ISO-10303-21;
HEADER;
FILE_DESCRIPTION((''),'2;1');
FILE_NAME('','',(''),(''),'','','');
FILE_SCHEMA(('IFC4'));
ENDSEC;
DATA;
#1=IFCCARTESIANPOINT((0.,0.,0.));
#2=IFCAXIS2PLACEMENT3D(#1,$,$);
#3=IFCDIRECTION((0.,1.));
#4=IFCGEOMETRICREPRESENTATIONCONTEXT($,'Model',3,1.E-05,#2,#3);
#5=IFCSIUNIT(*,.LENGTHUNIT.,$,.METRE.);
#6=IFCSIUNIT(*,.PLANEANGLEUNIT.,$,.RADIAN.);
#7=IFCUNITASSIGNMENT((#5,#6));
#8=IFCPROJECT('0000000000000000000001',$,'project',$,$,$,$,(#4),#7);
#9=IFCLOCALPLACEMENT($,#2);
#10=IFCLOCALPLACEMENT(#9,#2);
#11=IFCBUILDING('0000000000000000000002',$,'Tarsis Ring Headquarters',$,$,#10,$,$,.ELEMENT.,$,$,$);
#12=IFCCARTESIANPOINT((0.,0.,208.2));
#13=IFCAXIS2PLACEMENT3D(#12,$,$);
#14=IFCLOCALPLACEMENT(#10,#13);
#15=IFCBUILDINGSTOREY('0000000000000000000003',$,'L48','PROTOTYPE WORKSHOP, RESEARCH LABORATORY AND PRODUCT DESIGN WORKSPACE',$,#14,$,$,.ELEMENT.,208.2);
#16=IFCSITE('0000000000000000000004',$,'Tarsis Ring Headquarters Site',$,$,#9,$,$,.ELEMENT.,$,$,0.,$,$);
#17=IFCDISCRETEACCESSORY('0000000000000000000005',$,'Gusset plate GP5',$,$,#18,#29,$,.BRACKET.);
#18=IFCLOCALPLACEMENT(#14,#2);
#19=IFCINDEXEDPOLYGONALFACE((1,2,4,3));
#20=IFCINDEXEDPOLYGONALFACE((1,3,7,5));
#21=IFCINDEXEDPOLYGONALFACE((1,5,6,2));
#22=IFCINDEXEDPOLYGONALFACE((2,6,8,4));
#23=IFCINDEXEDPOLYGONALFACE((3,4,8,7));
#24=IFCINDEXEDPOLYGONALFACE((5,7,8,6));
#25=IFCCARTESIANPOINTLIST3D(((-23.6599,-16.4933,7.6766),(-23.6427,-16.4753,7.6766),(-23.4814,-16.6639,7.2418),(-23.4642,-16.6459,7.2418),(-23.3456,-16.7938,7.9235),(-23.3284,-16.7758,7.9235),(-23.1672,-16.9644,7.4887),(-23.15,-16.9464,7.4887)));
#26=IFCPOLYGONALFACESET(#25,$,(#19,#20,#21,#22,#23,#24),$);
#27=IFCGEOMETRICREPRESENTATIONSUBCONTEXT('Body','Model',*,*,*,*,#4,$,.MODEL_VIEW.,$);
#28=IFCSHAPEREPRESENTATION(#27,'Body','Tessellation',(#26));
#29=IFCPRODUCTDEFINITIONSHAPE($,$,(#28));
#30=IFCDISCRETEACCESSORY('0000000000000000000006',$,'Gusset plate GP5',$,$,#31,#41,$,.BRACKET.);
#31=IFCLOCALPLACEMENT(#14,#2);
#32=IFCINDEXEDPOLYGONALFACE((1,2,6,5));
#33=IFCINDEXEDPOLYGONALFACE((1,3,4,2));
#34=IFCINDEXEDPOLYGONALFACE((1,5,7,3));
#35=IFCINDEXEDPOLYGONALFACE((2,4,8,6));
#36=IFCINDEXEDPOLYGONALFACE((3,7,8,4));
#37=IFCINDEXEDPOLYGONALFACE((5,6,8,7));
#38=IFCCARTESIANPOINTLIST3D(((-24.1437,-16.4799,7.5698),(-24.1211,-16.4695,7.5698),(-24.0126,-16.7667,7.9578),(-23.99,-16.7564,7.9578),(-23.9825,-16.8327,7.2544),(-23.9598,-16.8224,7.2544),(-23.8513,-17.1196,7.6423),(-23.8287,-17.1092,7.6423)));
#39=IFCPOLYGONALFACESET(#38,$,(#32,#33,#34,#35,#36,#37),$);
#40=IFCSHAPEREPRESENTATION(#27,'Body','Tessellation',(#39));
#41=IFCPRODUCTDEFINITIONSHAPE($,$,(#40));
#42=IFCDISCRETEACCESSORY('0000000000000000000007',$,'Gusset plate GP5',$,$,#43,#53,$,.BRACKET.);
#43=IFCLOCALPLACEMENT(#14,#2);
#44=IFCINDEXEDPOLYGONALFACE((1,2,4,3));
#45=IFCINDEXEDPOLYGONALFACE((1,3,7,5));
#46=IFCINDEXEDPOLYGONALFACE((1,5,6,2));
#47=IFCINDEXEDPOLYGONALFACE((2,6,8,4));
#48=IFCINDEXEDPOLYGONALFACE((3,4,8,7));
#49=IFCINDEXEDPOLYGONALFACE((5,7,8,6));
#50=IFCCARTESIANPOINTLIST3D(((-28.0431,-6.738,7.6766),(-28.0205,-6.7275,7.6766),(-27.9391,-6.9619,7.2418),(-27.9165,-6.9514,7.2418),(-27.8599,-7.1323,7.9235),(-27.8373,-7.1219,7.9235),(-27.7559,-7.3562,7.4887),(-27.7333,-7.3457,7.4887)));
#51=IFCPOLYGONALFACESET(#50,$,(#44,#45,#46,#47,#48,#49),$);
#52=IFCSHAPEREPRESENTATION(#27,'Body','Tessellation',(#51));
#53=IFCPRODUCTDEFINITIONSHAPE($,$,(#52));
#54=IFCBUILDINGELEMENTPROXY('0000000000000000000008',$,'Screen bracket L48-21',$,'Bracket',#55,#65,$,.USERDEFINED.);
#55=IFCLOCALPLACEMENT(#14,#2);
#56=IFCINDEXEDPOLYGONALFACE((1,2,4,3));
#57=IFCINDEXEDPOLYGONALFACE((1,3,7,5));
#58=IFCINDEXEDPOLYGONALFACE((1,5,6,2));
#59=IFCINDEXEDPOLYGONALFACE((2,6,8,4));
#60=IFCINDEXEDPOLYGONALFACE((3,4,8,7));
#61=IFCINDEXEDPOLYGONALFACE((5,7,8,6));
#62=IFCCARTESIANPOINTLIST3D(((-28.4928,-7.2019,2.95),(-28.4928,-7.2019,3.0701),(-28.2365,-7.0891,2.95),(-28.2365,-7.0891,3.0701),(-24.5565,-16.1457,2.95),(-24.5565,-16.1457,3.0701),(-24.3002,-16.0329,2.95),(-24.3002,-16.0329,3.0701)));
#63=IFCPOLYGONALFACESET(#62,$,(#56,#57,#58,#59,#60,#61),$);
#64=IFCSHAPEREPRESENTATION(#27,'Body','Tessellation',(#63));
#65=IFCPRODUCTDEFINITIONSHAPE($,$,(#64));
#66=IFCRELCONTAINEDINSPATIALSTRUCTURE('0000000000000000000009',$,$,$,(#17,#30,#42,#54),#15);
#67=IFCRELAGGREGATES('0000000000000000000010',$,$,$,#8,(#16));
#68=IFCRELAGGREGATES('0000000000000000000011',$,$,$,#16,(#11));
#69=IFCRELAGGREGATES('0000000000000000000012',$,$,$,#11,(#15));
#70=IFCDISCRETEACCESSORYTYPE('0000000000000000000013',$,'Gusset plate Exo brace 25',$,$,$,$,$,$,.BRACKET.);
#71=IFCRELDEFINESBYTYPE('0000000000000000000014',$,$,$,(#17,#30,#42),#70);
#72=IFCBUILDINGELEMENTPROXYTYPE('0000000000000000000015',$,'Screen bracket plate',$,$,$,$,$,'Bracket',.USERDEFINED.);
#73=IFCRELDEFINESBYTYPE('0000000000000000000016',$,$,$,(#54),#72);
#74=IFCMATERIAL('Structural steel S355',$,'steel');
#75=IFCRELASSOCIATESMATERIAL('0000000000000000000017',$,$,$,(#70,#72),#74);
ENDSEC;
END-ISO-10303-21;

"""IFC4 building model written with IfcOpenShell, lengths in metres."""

from ifc_helpers import new_model, si_unit, direction, frame, origin, origin_2d, place, context, subcontext, project, spatial, rectangle, extrude, material, material_profile, profile_set, type_object, element, save


model = new_model("IFC4")

# Units and contexts
model_context = context("Model", 3, precision=1e-05, world=origin(), true_north=direction((0.0, 1.0)))
body_context = subcontext(model_context, "Body", "Model", "MODEL_VIEW")
ifc_project = project(units=[si_unit("LENGTHUNIT", "METRE"), si_unit("PLANEANGLEUNIT", "RADIAN")], contexts=[model_context])

# Site, building, storey
site_placement = place(None, origin())
site = spatial("IfcSite", under=ifc_project, at=site_placement, Name="Tarsis Ring Headquarters Site", CompositionType="ELEMENT", RefElevation=0.0)
building_placement = place(site_placement, origin())
building = spatial("IfcBuilding", under=site, at=building_placement, Name="Tarsis Ring Headquarters", CompositionType="ELEMENT")
storey_placement = place(building_placement, frame((0.0, 0.0, 208.2)))
storey = spatial("IfcBuildingStorey", under=building, at=storey_placement, Name="L48", Description="PROTOTYPE WORKSHOP, RESEARCH LABORATORY AND PRODUCT DESIGN WORKSPACE", CompositionType="ELEMENT", Elevation=208.2)

# Shared definitions
ifc_material_1 = material(Name="Structural steel S355", Category="steel")

# Discrete accessories
ifc_material_profile_1 = material_profile(ifc_material_1, rectangle(XDim=0.0249, YDim=0.5, at=origin_2d()), Name="PL 25x500")
ifc_profile_set_1 = profile_set([ifc_material_profile_1], Name="Structural steel S355")
discrete_accessory_type = type_object("IfcDiscreteAccessoryType", Name="Gusset plate Exo brace 25", PredefinedType="BRACKET", material=ifc_profile_set_1)
for number, where, z_axis, x_axis, name in (
    (1, (-23.4941, -16.6345, 7.8), (0.356907, -0.341283, -0.869565), (0.69111, 0.722749, 0.0), "Gusset plate GP5"),
    (2, (-23.9207, -16.938, 7.8), (-0.262219, 0.573757, -0.775915), (-0.909516, -0.415668, 0.0), "Gusset plate GP5"),
    (3, (-27.9402, -6.9299, 7.8), (0.208007, -0.447753, -0.869627), (0.906915, 0.421315, 0.0), "Gusset plate GP5"),
):
    element("IfcDiscreteAccessory", number, at=place(storey_placement, frame(where, z_axis=z_axis, x_axis=x_axis)), inside=storey, type_object=discrete_accessory_type, Name=name, PredefinedType="BRACKET", context=body_context, shape_type="SweptSolid", body=[
        extrude(rectangle(XDim=0.0249, YDim=0.5, at=origin_2d()), origin(), (0.0, 0.0, 1.0), 0.5),
    ])

# Building element proxy
building_element_proxy_type = type_object("IfcBuildingElementProxyType", Name="Screen bracket plate", ElementType="Bracket", PredefinedType="USERDEFINED", material=ifc_material_1)
proxy_placement = place(storey_placement, frame((-26.3965, -11.6174, 2.95), z_axis=(0.0, 0.0, 1.0), x_axis=(0.402827, -0.915276, 0.0)))
element("IfcBuildingElementProxy", 4, at=proxy_placement, inside=storey, type_object=building_element_proxy_type, Name="Screen bracket L48-21", ObjectType="Bracket", PredefinedType="USERDEFINED", context=body_context, shape_type="SweptSolid", body=[
    extrude(rectangle(XDim=9.7717, YDim=0.28, at=origin_2d()), origin(), (0.0, 0.0, 1.0), 0.1201),
])

save(model, "model.ifc")
